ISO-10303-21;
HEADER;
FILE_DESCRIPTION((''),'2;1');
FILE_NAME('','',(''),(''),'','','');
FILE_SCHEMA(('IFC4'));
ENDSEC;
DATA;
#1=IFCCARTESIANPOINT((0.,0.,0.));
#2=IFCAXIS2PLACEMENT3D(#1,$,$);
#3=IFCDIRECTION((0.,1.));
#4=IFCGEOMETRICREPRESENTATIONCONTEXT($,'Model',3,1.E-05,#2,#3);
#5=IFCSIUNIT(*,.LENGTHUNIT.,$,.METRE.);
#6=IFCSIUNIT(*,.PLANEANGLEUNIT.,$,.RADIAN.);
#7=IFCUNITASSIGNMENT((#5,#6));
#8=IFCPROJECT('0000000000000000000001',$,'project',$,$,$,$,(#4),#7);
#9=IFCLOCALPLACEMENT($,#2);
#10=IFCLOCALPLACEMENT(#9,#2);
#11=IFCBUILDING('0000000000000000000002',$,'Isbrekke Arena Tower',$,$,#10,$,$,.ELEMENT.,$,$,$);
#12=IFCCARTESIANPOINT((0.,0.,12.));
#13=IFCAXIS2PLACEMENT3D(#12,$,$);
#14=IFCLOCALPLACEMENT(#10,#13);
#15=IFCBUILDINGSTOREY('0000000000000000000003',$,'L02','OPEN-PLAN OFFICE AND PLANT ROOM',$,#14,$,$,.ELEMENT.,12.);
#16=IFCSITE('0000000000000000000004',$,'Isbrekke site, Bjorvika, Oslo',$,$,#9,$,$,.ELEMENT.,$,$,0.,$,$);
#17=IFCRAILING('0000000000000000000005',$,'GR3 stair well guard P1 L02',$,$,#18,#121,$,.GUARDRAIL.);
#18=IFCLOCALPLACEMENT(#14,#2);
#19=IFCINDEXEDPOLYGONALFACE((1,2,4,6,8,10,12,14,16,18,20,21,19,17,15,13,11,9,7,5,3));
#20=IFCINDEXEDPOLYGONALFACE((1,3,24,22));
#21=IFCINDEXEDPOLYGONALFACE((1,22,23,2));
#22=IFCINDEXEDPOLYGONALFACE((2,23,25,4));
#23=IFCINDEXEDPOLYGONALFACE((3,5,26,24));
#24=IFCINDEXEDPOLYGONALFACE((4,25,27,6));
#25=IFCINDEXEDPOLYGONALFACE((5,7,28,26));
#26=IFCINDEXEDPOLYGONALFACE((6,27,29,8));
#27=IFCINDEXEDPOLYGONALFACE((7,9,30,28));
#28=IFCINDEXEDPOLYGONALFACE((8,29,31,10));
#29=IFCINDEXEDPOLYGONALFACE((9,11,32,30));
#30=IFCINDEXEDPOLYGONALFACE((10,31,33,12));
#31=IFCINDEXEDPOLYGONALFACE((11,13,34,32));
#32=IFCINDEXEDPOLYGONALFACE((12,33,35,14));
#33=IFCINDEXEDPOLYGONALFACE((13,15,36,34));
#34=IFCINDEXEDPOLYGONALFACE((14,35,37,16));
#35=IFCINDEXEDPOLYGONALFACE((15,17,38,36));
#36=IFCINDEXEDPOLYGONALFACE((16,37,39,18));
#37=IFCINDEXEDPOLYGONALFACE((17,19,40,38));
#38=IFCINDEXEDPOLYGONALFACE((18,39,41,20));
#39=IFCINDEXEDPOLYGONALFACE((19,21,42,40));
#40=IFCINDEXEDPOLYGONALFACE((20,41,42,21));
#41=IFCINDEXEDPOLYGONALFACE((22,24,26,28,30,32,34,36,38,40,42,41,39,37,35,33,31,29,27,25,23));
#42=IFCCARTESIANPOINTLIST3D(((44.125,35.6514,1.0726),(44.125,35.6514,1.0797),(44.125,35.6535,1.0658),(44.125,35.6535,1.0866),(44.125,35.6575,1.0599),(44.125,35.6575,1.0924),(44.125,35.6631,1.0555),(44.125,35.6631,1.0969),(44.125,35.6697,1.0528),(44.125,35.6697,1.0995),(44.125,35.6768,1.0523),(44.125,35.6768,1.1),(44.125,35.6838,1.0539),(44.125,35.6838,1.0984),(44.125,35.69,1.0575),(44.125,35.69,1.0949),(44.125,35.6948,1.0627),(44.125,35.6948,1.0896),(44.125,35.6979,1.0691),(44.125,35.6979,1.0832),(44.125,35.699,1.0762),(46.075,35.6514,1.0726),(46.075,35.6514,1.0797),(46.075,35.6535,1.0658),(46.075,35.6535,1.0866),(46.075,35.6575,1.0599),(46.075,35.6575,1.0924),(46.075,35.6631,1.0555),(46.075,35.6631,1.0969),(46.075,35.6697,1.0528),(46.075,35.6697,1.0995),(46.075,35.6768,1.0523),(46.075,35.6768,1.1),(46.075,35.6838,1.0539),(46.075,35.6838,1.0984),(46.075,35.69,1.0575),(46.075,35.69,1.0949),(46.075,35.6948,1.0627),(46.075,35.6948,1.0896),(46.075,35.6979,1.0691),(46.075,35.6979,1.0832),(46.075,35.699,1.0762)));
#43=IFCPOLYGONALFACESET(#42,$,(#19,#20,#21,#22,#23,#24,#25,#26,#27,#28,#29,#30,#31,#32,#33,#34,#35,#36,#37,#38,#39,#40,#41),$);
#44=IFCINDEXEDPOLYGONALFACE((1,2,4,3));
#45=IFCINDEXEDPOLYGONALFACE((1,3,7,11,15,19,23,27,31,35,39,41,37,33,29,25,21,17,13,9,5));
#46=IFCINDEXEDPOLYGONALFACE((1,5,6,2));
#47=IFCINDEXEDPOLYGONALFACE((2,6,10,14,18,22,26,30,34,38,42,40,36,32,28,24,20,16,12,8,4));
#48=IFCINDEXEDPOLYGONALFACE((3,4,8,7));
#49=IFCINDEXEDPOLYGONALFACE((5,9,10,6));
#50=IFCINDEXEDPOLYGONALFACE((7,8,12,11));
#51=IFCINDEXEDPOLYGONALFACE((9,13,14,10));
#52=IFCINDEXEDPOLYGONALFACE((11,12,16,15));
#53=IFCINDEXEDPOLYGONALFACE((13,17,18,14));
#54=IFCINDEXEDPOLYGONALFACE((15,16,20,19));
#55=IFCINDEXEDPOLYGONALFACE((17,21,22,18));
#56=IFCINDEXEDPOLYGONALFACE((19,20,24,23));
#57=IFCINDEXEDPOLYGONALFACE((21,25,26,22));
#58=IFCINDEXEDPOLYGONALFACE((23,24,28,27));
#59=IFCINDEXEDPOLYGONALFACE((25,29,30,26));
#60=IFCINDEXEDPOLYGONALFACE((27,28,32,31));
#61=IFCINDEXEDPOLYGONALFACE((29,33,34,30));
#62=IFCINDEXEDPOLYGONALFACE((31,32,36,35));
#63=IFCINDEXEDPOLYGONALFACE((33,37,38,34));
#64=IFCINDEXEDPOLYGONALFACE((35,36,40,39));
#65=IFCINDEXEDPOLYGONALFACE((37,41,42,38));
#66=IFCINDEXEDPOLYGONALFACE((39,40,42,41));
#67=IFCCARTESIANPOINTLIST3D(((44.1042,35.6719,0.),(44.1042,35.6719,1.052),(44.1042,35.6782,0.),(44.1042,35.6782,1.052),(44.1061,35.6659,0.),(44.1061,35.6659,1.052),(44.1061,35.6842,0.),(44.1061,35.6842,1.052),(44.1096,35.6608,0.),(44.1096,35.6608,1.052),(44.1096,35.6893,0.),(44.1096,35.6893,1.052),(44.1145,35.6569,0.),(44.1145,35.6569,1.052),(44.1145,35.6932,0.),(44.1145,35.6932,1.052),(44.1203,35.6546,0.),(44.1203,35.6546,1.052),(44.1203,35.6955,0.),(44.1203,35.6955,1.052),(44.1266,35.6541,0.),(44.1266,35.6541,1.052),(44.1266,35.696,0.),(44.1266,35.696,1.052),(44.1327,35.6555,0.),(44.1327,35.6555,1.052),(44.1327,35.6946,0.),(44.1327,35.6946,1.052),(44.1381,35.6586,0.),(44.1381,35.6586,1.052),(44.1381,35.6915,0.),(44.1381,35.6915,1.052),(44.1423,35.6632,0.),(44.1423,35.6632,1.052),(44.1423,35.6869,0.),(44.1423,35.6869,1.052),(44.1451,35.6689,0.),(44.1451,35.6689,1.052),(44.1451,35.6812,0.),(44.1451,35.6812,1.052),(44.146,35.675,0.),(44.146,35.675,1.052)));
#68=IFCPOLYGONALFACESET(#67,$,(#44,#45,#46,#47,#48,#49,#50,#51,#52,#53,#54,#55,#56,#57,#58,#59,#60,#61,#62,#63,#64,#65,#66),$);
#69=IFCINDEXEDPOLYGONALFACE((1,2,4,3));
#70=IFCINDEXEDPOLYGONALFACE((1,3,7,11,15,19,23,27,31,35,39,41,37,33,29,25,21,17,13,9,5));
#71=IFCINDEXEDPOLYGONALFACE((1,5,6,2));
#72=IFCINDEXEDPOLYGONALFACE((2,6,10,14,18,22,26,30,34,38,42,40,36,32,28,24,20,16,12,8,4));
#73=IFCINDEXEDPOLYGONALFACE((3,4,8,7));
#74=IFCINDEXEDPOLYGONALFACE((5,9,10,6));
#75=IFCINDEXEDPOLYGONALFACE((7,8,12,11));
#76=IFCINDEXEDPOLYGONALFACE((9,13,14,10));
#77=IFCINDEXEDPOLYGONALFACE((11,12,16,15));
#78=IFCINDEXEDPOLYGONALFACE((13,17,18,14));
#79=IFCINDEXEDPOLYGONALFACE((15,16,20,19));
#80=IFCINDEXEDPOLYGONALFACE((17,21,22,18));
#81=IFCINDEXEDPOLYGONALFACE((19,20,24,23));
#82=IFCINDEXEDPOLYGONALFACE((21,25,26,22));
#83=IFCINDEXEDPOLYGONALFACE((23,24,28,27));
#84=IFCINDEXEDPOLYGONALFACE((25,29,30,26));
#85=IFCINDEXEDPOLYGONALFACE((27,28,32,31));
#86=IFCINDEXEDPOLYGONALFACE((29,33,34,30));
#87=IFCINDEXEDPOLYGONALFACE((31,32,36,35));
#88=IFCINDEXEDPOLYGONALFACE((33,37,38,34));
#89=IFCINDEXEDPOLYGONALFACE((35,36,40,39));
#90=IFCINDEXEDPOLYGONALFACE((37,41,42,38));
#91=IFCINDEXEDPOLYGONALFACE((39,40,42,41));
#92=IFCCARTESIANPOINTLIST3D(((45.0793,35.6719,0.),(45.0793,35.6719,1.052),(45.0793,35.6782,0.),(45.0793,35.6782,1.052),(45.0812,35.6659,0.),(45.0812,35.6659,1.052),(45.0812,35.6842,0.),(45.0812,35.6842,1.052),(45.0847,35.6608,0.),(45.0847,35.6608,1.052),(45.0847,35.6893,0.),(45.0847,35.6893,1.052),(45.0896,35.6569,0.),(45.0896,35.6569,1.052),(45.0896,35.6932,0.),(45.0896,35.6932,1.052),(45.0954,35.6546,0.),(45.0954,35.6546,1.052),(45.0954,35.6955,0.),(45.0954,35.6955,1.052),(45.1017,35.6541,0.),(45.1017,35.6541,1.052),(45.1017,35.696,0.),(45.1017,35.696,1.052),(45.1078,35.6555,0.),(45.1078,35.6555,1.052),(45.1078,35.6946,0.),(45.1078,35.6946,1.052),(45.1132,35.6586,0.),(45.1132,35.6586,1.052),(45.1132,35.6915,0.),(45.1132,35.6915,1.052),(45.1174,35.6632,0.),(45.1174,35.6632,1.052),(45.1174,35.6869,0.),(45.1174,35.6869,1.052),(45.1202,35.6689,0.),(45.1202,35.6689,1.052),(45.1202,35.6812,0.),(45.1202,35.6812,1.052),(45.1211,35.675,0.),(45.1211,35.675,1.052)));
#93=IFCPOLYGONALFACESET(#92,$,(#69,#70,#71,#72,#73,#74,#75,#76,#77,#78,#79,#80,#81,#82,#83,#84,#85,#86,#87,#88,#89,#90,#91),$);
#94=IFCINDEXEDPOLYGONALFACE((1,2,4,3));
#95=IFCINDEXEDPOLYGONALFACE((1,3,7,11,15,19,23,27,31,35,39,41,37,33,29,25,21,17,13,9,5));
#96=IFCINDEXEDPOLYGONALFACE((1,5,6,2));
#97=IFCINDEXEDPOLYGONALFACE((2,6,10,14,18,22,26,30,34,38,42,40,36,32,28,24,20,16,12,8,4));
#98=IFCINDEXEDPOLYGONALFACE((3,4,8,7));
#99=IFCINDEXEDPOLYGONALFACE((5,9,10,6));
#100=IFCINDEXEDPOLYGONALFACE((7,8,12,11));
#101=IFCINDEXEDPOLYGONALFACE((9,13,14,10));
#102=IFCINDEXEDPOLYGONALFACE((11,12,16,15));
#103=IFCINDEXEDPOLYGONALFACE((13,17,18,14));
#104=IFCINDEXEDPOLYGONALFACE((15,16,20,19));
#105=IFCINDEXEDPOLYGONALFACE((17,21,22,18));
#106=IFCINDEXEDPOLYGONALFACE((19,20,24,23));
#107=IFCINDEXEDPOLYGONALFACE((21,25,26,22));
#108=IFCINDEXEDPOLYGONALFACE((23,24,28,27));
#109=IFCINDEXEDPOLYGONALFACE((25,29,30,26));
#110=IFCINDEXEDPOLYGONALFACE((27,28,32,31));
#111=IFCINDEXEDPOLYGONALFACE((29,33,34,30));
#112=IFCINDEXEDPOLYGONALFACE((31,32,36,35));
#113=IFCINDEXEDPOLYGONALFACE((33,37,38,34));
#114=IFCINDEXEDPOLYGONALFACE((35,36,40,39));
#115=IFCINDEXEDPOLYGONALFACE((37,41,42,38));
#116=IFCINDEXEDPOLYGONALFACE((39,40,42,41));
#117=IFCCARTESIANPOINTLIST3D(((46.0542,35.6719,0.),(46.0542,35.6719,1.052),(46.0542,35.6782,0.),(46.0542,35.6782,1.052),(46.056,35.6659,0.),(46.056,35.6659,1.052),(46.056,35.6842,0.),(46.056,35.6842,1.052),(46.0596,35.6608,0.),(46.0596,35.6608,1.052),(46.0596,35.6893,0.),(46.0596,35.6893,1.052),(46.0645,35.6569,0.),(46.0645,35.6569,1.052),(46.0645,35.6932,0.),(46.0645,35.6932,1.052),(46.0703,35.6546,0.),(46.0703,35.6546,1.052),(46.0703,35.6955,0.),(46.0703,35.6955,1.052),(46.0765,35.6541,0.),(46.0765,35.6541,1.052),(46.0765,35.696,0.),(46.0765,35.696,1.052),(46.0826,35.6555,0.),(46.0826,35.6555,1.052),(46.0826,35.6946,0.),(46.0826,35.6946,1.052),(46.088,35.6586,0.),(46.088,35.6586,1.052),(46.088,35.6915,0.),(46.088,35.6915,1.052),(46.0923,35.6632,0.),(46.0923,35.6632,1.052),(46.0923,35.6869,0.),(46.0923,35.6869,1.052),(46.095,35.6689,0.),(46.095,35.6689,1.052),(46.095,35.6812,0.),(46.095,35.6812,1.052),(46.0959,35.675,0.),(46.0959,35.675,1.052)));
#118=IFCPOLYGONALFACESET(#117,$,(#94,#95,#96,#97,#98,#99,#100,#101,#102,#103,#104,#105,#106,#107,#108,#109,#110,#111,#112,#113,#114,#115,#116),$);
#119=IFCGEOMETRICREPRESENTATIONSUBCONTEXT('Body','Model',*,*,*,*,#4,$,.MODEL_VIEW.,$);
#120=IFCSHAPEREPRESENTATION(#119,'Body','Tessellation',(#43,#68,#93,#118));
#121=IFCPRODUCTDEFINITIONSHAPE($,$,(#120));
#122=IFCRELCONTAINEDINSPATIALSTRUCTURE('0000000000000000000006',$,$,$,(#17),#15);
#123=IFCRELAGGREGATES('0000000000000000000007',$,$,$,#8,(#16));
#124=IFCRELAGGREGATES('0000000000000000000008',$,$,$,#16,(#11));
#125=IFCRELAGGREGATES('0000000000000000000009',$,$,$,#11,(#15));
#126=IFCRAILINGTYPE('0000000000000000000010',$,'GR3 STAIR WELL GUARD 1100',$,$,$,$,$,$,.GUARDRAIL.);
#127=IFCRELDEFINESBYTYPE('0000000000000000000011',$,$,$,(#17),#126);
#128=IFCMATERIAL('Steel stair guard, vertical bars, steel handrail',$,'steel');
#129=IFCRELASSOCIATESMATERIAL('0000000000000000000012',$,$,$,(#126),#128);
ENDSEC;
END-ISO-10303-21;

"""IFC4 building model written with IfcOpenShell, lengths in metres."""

from ifc_helpers import new_model, si_unit, direction, frame, origin, origin_2d, place, context, subcontext, project, spatial, circle, extrude, material, type_object, element, save


model = new_model("IFC4")

# Units and contexts
model_context = context("Model", 3, precision=1e-05, world=origin(), true_north=direction((0.0, 1.0)))
body_context = subcontext(model_context, "Body", "Model", "MODEL_VIEW")
ifc_project = project(units=[si_unit("LENGTHUNIT", "METRE"), si_unit("PLANEANGLEUNIT", "RADIAN")], contexts=[model_context])

# Site, building, storey
site_placement = place(None, origin())
site = spatial("IfcSite", under=ifc_project, at=site_placement, Name="Isbrekke site, Bjorvika, Oslo", CompositionType="ELEMENT", RefElevation=0.0)
building_placement = place(site_placement, origin())
building = spatial("IfcBuilding", under=site, at=building_placement, Name="Isbrekke Arena Tower", CompositionType="ELEMENT")
storey_placement = place(building_placement, frame((0.0, 0.0, 12.0)))
storey = spatial("IfcBuildingStorey", under=building, at=storey_placement, Name="L02", Description="OPEN-PLAN OFFICE AND PLANT ROOM", CompositionType="ELEMENT", Elevation=12.0)

# Railing
ifc_material_1 = material(Name="Steel stair guard, vertical bars, steel handrail", Category="steel")
railing_type = type_object("IfcRailingType", Name="GR3 STAIR WELL GUARD 1100", PredefinedType="GUARDRAIL", material=ifc_material_1)
railing_placement = place(storey_placement, frame((44.125, 35.675, 0.0)))
element("IfcRailing", 1, at=railing_placement, inside=storey, type_object=railing_type, Name="GR3 stair well guard P1 L02", PredefinedType="GUARDRAIL", context=body_context, shape_type="SweptSolid", body=[
    extrude(circle(Radius=0.0239, at=origin_2d()), frame((0.0, 0.0, 1.0762), z_axis=(1.0, 0.0, 0.0), x_axis=(0.0, 1.0, 0.0)), (0.0, 0.0, 1.0), 1.95),
    extrude(circle(Radius=0.021, at=origin_2d()), origin(), (0.0, 0.0, 1.0), 1.052),
    extrude(circle(Radius=0.021, at=origin_2d()), frame((0.9751, 0.0, 0.0)), (0.0, 0.0, 1.0), 1.052),
    extrude(circle(Radius=0.021, at=origin_2d()), frame((1.95, 0.0, 0.0)), (0.0, 0.0, 1.0), 1.052),
])

save(model, "model.ifc")
